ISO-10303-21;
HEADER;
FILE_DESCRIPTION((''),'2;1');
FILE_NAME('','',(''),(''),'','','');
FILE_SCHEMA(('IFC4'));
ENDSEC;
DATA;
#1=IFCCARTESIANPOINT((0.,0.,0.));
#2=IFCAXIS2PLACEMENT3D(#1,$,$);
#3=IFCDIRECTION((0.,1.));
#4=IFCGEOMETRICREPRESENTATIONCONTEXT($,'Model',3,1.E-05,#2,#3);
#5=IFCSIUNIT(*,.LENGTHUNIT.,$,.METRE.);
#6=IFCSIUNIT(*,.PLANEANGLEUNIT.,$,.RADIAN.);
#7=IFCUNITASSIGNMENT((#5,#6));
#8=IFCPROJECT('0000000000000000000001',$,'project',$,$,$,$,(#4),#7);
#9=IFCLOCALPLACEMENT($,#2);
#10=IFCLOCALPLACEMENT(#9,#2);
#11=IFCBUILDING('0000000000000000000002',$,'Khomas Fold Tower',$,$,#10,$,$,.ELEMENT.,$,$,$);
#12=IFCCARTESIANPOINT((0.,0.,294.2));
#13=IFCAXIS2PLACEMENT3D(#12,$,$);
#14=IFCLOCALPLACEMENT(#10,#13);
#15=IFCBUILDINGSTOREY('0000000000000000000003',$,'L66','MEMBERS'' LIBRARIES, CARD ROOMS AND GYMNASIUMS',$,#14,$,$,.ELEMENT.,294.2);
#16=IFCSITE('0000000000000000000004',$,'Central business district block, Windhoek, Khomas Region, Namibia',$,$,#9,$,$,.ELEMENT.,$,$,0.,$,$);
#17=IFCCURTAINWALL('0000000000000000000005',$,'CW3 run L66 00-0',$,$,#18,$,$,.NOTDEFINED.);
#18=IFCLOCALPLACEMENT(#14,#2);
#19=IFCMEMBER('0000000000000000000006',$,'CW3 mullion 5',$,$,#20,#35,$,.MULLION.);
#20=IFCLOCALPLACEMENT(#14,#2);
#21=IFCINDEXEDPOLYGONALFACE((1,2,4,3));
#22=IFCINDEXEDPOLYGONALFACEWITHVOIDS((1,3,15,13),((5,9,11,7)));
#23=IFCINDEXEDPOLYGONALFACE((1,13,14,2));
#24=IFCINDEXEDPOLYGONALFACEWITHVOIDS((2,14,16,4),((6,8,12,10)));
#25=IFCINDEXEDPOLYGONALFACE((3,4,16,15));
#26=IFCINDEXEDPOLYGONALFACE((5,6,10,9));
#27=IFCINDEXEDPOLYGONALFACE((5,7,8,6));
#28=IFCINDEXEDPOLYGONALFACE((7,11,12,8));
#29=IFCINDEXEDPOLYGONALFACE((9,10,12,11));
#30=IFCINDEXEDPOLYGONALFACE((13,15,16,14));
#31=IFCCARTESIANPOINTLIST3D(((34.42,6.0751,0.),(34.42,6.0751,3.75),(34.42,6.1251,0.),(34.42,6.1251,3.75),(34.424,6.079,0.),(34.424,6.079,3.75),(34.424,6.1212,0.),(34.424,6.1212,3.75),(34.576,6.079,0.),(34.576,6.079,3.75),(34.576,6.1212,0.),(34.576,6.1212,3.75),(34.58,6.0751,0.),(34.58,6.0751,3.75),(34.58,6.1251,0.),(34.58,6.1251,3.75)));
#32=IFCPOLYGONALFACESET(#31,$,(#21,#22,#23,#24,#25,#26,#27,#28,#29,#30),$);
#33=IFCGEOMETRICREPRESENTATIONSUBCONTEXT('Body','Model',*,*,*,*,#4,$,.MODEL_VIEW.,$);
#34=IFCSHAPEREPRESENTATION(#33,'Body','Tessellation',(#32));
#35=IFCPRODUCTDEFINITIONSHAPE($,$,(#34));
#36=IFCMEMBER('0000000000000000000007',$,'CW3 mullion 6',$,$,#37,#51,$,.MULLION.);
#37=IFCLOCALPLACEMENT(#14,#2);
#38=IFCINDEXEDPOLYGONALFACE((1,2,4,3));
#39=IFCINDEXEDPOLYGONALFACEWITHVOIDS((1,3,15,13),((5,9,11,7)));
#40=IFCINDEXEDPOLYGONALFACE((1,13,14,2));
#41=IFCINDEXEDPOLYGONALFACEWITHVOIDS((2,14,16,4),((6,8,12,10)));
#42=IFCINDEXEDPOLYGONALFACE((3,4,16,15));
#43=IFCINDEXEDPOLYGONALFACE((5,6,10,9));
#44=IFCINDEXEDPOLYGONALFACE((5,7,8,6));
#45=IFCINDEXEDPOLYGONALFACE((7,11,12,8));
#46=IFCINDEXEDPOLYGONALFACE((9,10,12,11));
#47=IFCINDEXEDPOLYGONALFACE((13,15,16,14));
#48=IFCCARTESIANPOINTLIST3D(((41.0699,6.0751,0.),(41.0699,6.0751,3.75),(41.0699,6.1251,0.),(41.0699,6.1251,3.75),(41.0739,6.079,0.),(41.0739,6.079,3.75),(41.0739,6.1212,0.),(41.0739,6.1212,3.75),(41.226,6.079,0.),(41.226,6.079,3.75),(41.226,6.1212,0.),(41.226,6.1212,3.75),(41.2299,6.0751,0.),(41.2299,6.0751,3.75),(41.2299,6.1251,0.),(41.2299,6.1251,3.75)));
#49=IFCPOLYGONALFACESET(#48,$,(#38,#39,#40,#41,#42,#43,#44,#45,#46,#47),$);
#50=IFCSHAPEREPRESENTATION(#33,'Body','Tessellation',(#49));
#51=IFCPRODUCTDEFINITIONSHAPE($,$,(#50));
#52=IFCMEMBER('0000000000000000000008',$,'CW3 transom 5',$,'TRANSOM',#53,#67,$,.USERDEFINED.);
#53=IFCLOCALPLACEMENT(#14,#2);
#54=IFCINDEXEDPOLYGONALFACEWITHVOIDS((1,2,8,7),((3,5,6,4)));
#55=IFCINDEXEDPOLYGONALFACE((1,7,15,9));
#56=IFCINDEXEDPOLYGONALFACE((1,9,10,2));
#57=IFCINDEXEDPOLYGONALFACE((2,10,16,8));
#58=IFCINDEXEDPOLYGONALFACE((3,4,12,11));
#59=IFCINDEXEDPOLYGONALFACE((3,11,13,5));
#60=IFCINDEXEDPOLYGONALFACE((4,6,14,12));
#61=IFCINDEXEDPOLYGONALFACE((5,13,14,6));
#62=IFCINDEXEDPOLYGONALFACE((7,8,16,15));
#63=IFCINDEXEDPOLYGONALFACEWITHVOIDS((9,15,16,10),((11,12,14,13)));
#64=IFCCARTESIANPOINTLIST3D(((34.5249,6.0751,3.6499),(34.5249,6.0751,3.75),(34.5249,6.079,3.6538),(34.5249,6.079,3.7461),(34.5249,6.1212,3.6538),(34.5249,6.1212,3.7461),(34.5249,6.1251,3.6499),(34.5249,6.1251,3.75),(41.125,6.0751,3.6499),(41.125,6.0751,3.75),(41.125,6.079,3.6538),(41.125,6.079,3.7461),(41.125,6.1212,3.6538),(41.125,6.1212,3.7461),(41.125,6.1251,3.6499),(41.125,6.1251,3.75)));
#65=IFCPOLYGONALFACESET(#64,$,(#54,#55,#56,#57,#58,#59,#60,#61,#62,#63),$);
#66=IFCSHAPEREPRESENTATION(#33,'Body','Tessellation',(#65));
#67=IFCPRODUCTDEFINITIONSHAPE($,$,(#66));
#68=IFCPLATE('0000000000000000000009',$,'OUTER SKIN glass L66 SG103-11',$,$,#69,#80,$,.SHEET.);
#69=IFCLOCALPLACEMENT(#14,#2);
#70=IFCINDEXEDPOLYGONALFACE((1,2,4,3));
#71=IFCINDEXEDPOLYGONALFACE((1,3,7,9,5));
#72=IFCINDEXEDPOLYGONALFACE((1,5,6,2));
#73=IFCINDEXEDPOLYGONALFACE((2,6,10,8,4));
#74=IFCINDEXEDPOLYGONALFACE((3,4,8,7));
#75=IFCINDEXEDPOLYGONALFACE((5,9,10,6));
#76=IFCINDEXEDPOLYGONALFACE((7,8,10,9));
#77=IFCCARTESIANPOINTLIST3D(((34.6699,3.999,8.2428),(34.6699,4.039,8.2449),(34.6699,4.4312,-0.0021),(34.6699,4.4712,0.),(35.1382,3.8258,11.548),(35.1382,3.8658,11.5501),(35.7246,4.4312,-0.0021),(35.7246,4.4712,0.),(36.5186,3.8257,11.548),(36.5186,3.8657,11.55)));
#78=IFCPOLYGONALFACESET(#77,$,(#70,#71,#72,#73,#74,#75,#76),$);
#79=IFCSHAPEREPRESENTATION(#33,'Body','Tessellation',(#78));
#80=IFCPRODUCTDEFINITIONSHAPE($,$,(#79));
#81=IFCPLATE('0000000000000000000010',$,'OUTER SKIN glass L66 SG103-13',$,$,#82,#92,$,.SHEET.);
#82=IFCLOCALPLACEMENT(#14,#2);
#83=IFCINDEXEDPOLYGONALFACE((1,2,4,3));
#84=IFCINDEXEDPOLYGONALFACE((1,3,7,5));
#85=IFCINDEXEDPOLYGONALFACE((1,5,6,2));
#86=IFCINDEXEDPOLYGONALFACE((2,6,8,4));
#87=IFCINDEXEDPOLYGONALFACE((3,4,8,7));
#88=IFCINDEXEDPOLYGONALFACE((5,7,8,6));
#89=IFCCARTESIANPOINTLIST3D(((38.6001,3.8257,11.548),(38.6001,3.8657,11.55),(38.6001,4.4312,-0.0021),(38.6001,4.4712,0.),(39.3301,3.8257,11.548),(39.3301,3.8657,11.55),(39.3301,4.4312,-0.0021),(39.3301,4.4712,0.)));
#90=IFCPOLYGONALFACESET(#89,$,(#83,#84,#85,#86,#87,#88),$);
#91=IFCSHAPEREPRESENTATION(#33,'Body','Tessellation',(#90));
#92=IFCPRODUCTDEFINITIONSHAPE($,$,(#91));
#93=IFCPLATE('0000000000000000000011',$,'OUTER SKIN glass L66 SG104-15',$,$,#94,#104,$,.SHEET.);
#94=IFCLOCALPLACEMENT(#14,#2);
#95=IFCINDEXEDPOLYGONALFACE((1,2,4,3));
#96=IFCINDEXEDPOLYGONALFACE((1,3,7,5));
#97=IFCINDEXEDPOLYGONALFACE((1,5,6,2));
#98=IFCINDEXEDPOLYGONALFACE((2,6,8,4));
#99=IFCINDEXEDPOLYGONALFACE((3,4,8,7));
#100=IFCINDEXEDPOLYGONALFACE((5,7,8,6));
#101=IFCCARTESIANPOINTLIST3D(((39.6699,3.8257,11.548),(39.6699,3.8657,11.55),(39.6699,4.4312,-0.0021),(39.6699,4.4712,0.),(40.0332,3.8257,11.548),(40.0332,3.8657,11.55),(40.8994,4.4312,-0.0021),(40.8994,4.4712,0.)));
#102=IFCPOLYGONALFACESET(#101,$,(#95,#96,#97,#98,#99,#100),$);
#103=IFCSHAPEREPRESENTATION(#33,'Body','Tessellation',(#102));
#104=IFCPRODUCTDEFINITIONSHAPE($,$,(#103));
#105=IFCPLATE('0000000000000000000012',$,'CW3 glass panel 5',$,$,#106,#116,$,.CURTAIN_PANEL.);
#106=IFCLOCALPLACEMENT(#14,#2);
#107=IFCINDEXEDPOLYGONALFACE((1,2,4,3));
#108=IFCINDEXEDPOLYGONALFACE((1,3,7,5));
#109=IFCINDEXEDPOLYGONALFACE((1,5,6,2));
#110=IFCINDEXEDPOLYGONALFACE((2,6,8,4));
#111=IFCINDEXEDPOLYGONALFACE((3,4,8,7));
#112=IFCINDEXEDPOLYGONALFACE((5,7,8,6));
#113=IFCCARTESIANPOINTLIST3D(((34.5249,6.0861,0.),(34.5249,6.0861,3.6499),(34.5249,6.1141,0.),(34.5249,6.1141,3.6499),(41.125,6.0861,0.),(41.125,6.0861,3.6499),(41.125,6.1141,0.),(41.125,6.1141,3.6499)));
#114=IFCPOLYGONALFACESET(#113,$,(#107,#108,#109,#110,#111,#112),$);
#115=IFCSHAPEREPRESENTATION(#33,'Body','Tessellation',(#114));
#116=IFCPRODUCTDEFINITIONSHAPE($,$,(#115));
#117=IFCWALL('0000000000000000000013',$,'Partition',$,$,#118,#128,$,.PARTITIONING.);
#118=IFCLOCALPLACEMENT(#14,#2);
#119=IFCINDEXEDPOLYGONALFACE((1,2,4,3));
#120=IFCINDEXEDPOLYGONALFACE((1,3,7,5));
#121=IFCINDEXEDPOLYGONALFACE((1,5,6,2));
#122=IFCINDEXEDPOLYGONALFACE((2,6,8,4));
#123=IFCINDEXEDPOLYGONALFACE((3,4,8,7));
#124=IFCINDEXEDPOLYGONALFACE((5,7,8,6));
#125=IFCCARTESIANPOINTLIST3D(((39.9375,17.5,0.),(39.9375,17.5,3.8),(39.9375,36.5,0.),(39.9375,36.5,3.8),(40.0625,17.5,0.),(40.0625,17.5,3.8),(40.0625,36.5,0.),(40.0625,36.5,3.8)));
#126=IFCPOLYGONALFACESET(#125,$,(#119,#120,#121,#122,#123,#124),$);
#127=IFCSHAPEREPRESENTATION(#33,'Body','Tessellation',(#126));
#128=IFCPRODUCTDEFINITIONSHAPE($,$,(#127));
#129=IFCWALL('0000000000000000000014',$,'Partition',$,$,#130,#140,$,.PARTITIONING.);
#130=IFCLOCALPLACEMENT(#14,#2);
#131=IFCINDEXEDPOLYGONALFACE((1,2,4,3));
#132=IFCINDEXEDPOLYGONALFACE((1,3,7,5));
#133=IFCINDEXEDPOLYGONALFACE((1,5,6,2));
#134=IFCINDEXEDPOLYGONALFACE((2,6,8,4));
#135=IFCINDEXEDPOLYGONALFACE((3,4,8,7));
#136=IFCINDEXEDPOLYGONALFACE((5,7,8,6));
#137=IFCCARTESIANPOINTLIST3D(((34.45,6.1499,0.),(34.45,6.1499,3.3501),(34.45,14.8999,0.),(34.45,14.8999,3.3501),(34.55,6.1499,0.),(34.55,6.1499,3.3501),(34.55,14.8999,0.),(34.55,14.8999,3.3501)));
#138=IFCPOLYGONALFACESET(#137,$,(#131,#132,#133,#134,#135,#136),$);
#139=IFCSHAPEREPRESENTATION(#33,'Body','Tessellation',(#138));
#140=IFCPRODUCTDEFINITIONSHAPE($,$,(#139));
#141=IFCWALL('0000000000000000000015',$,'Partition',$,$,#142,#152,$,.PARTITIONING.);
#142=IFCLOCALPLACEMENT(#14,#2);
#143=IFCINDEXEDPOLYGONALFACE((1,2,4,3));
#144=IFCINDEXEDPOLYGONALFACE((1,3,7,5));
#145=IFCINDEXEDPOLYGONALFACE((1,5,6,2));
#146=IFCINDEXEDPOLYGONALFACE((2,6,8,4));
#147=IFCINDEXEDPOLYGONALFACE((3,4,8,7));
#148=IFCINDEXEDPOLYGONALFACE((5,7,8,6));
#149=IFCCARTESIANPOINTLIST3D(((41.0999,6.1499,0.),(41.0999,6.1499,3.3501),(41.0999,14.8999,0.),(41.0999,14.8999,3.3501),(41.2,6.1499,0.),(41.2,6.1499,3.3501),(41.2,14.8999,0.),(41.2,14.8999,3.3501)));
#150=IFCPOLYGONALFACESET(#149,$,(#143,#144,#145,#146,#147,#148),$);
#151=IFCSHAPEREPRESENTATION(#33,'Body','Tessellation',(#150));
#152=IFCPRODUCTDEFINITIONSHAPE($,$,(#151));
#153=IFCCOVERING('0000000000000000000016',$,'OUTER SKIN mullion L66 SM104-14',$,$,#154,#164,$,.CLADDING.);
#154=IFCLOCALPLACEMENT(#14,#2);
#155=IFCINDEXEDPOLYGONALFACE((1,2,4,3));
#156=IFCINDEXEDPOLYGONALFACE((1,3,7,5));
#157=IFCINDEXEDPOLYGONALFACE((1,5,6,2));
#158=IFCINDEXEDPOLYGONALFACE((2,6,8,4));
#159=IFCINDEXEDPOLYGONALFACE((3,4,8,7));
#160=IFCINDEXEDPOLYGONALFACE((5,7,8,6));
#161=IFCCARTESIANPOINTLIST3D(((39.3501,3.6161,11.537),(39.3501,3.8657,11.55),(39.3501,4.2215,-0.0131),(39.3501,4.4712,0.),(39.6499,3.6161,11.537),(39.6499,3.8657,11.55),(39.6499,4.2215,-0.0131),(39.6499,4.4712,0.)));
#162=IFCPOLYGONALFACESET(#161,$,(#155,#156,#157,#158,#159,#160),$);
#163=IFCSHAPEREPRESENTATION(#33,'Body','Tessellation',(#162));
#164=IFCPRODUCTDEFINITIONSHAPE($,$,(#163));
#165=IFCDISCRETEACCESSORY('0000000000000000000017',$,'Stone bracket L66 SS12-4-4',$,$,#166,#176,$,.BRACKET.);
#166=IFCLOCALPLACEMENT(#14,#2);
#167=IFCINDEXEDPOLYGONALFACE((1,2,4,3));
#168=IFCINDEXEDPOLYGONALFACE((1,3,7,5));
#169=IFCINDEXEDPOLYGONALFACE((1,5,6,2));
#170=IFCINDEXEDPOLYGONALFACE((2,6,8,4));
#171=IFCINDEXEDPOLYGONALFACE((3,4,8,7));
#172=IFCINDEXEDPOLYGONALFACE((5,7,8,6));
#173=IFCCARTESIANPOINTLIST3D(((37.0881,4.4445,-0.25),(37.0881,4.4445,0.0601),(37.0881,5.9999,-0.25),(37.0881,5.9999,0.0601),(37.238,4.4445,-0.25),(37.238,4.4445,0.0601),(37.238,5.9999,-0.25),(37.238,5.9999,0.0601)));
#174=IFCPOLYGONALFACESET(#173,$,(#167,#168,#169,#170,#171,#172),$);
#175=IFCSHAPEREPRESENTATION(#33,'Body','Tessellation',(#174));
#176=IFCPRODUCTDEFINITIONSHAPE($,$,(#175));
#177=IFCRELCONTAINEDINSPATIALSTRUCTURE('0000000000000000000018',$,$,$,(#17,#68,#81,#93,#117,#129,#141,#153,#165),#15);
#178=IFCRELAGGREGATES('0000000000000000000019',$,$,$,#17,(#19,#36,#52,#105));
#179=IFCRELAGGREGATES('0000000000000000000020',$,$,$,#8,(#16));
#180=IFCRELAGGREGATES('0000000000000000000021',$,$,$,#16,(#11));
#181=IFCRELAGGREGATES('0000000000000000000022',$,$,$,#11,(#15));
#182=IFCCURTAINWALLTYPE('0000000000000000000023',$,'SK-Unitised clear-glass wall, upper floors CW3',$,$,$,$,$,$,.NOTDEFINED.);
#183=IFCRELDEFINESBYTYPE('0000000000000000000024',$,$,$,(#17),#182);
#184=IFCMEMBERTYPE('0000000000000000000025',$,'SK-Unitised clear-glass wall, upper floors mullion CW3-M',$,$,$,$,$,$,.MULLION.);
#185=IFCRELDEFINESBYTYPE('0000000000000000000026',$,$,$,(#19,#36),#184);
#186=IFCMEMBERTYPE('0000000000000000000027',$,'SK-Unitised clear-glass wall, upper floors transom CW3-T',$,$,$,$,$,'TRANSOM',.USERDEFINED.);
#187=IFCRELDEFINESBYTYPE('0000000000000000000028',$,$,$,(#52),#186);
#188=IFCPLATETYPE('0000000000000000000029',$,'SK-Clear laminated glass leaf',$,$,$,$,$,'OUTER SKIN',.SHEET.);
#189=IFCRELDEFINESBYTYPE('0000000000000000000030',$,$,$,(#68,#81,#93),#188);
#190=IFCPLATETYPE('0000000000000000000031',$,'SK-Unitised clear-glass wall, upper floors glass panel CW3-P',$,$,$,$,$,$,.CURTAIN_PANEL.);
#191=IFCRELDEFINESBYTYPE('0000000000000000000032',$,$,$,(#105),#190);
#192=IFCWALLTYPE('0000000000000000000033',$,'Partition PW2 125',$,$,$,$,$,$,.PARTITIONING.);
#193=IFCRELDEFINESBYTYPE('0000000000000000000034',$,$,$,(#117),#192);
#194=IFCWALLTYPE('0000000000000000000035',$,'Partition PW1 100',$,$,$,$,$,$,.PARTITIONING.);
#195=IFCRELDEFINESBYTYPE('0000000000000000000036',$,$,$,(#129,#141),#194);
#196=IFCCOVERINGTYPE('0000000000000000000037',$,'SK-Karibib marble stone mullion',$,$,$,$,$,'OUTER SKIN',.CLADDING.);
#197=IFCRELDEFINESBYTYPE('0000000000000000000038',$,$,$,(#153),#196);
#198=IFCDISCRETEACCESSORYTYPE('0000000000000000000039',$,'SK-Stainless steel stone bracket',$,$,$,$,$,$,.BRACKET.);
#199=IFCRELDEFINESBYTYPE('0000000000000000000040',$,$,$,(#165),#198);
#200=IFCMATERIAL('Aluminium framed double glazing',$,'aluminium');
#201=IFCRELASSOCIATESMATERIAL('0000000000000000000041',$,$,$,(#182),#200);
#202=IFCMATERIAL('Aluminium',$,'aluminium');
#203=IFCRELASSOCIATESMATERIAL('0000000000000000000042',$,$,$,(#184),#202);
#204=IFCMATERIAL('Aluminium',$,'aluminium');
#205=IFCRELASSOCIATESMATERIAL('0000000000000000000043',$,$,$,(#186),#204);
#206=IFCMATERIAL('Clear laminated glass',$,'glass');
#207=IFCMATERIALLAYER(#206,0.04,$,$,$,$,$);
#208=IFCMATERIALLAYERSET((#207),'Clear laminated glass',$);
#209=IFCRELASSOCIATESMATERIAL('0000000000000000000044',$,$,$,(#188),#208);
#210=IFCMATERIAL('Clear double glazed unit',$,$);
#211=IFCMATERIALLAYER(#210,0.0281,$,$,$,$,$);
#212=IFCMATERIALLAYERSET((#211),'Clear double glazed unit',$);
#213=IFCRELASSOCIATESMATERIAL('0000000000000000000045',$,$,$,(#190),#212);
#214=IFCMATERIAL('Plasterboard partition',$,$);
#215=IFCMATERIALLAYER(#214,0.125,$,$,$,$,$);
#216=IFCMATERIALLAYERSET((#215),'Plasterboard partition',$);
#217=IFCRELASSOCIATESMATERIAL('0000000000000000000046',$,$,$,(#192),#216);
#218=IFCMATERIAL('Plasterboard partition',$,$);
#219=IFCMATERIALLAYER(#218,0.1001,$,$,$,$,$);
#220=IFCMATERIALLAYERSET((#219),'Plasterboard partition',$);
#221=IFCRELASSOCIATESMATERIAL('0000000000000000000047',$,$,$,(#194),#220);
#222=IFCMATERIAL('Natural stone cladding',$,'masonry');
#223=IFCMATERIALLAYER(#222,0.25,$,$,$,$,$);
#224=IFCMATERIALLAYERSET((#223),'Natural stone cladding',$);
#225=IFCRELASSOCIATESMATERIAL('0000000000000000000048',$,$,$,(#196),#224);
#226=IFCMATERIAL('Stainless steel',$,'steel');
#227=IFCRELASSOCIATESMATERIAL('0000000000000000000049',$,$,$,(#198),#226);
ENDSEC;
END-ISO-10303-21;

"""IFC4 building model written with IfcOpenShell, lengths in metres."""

from ifc_helpers import new_model, si_unit, direction, frame, frame_2d, origin, origin_2d, place, context, subcontext, project, spatial, polyline, rectangle, hollow_rectangle, outline, extrude, source, transform, mapped, material, layer, layer_set, material_profile, profile_set, type_object, element, aggregate, save


model = new_model("IFC4")

# Units and contexts
model_context = context("Model", 3, precision=1e-05, world=origin(), true_north=direction((0.0, 1.0)))
body_context = subcontext(model_context, "Body", "Model", "MODEL_VIEW")
ifc_project = project(units=[si_unit("LENGTHUNIT", "METRE"), si_unit("PLANEANGLEUNIT", "RADIAN")], contexts=[model_context])

# Site, building, storey
site_placement = place(None, origin())
site = spatial("IfcSite", under=ifc_project, at=site_placement, Name="Central business district block, Windhoek, Khomas Region, Namibia", CompositionType="ELEMENT", RefElevation=0.0)
building_placement = place(site_placement, origin())
building = spatial("IfcBuilding", under=site, at=building_placement, Name="Khomas Fold Tower", CompositionType="ELEMENT")
storey_placement = place(building_placement, frame((0.0, 0.0, 294.2)))
storey = spatial("IfcBuildingStorey", under=building, at=storey_placement, Name="L66", Description="MEMBERS' LIBRARIES, CARD ROOMS AND GYMNASIUMS", CompositionType="ELEMENT", Elevation=294.2)

# Curtain wall, members
ifc_material_1 = material(Name="Aluminium framed double glazing", Category="aluminium")
curtain_wall_type = type_object("IfcCurtainWallType", Name="SK-Unitised clear-glass wall, upper floors CW3", PredefinedType="NOTDEFINED", material=ifc_material_1)
curtain_wall_placement = place(storey_placement, origin())
curtain_wall = element("IfcCurtainWall", 1, at=curtain_wall_placement, inside=storey, type_object=curtain_wall_type, Name="CW3 run L66 00-0", PredefinedType="NOTDEFINED")
ifc_material_2 = material(Name="Aluminium", Category="aluminium")
ifc_material_profile_1 = material_profile(ifc_material_2, hollow_rectangle(XDim=0.05, YDim=0.1599, WallThickness=0.0039, at=origin_2d()), Name="SK-Unitised clear-glass wall, upper floors mullion CW3-M")
ifc_profile_set_1 = profile_set([ifc_material_profile_1], Name="Aluminium")
member_type_1 = type_object("IfcMemberType", Name="SK-Unitised clear-glass wall, upper floors mullion CW3-M", PredefinedType="MULLION", material=ifc_profile_set_1)
shared_shape_1 = source(origin(), body_context, "Body", "SweptSolid", [
    extrude(hollow_rectangle(XDim=0.05, YDim=0.1599, WallThickness=0.0039, at=origin_2d()), origin(), (0.0, 0.0, 1.0), 3.75),
])
member_1_placement = place(storey_placement, frame((34.5, 6.1001, 0.0), z_axis=(0.0, 0.0, 1.0), x_axis=(0.0, 1.0, 0.0)))
member_1 = element("IfcMember", 2, at=member_1_placement, type_object=member_type_1, Name="CW3 mullion 5", PredefinedType="MULLION", context=body_context, shape_type="MappedRepresentation", body=[
    mapped(shared_shape_1, transform((0.0, 0.0, 0.0))),
])
member_2_placement = place(storey_placement, frame((41.1499, 6.1001, 0.0), z_axis=(0.0, 0.0, 1.0), x_axis=(0.0, 1.0, 0.0)))
member_2 = element("IfcMember", 3, at=member_2_placement, type_object=member_type_1, Name="CW3 mullion 6", PredefinedType="MULLION", context=body_context, shape_type="MappedRepresentation", body=[
    mapped(shared_shape_1, transform((0.0, 0.0, 0.0))),
])
ifc_material_3 = material(Name="Aluminium", Category="aluminium")
ifc_material_profile_2 = material_profile(ifc_material_3, hollow_rectangle(XDim=0.05, YDim=0.1001, WallThickness=0.0039, at=origin_2d()), Name="SK-Unitised clear-glass wall, upper floors transom CW3-T")
ifc_profile_set_2 = profile_set([ifc_material_profile_2], Name="Aluminium")
member_type_2 = type_object("IfcMemberType", Name="SK-Unitised clear-glass wall, upper floors transom CW3-T", ElementType="TRANSOM", PredefinedType="USERDEFINED", material=ifc_profile_set_2)
shared_shape_2 = source(origin(), body_context, "Body", "SweptSolid", [
    extrude(hollow_rectangle(XDim=0.05, YDim=0.1001, WallThickness=0.0039, at=origin_2d()), origin(), (0.0, 0.0, 1.0), 6.6001),
])
member_3_placement = place(storey_placement, frame((34.5249, 6.1001, 3.7), z_axis=(1.0, 0.0, 0.0), x_axis=(0.0, 1.0, 0.0)))
member_3 = element("IfcMember", 4, at=member_3_placement, type_object=member_type_2, Name="CW3 transom 5", ObjectType="TRANSOM", PredefinedType="USERDEFINED", context=body_context, shape_type="MappedRepresentation", body=[
    mapped(shared_shape_2, transform((0.0, 0.0, 0.0))),
])

# Plates
ifc_material_4 = material(Name="Clear laminated glass", Category="glass")
ifc_layer_1 = layer(ifc_material_4, 0.04)
ifc_layer_set_1 = layer_set([ifc_layer_1], Name="Clear laminated glass")
plate_type_1 = type_object("IfcPlateType", Name="SK-Clear laminated glass leaf", ElementType="OUTER SKIN", PredefinedType="SHEET", material=ifc_layer_set_1)
plate_1_placement = place(storey_placement, frame((35.7246, 4.4712, 0.0), z_axis=(0.000028, 0.998629, 0.052348), x_axis=(-1.0, 0.000028, 0.000001)))
element("IfcPlate", 5, at=plate_1_placement, inside=storey, type_object=plate_type_1, Name="OUTER SKIN glass L66 SG103-11", PredefinedType="SHEET", context=body_context, shape_type="SweptSolid", body=[
    extrude(outline(polyline([(0.0, 0.0), (1.0547, 0.0), (1.0547, 8.2562), (0.5864, 11.5659), (-0.7939, 11.5659), (0.0, 0.0)])), origin(), (0.0, 0.0, -1.0), 0.04),
])
plate_2_placement = place(storey_placement, frame((38.6001, 4.4712, 0.0), z_axis=(0.0, 0.998629, 0.052349), x_axis=(0.0, -0.052349, 0.998629)))
element("IfcPlate", 6, at=plate_2_placement, inside=storey, type_object=plate_type_1, Name="OUTER SKIN glass L66 SG103-13", PredefinedType="SHEET", context=body_context, shape_type="SweptSolid", body=[
    extrude(outline(polyline([(0.0, 0.0), (11.5659, 0.0), (11.5659, 0.73), (0.0, 0.73), (0.0, 0.0)])), origin(), (0.0, 0.0, -1.0), 0.04),
])
plate_3_placement = place(storey_placement, frame((40.8994, 4.4712, 0.0), z_axis=(0.0, 0.998629, 0.052349), x_axis=(-1.0, 0.0, 0.0)))
element("IfcPlate", 7, at=plate_3_placement, inside=storey, type_object=plate_type_1, Name="OUTER SKIN glass L66 SG104-15", PredefinedType="SHEET", context=body_context, shape_type="SweptSolid", body=[
    extrude(outline(polyline([(0.0, 0.0), (1.2295, 0.0), (1.2295, 11.5659), (0.8662, 11.5659), (0.0, 0.0)])), origin(), (0.0, 0.0, -1.0), 0.04),
])

# Plate
ifc_material_5 = material(Name="Clear double glazed unit")
ifc_layer_2 = layer(ifc_material_5, 0.0281)
ifc_layer_set_2 = layer_set([ifc_layer_2], Name="Clear double glazed unit")
plate_type_2 = type_object("IfcPlateType", Name="SK-Unitised clear-glass wall, upper floors glass panel CW3-P", PredefinedType="CURTAIN_PANEL", material=ifc_layer_set_2)
shared_shape_3 = source(origin(), body_context, "Body", "SweptSolid", [
    extrude(rectangle(XDim=6.6001, YDim=0.0281, at=origin_2d()), origin(), (0.0, 0.0, 1.0), 3.6499),
])
plate_4_placement = place(storey_placement, frame((37.825, 6.1001, 0.0), z_axis=(0.0, 0.0, 1.0), x_axis=(1.0, 0.0, 0.0)))
plate_4 = element("IfcPlate", 8, at=plate_4_placement, type_object=plate_type_2, Name="CW3 glass panel 5", PredefinedType="CURTAIN_PANEL", context=body_context, shape_type="MappedRepresentation", body=[
    mapped(shared_shape_3, transform((0.0, 0.0, 0.0))),
])
aggregate(curtain_wall, [member_1, member_2, member_3, plate_4])

# Walls
ifc_material_6 = material(Name="Plasterboard partition")
ifc_layer_3 = layer(ifc_material_6, 0.125)
ifc_layer_set_3 = layer_set([ifc_layer_3], Name="Plasterboard partition")
wall_type_1 = type_object("IfcWallType", Name="Partition PW2 125", PredefinedType="PARTITIONING", material=ifc_layer_set_3)
shared_shape_4 = source(origin(), body_context, "Body", "SweptSolid", [
    extrude(rectangle(XDim=19.0, YDim=0.125, at=frame_2d((9.5, 0.0))), origin(), (0.0, 0.0, 1.0), 3.8),
])
wall_placement = place(storey_placement, frame((40.0, 17.5, 0.0), z_axis=(0.0, 0.0, 1.0), x_axis=(0.0, 1.0, 0.0)))
element("IfcWall", 9, at=wall_placement, inside=storey, type_object=wall_type_1, Name="Partition", PredefinedType="PARTITIONING", context=body_context, shape_type="MappedRepresentation", body=[
    mapped(shared_shape_4, transform((0.0, 0.0, 0.0))),
])
ifc_material_7 = material(Name="Plasterboard partition")
ifc_layer_4 = layer(ifc_material_7, 0.1001)
ifc_layer_set_4 = layer_set([ifc_layer_4], Name="Plasterboard partition")
wall_type_2 = type_object("IfcWallType", Name="Partition PW1 100", PredefinedType="PARTITIONING", material=ifc_layer_set_4)
shared_shape_5 = source(origin(), body_context, "Body", "SweptSolid", [
    extrude(rectangle(XDim=8.75, YDim=0.1001, at=frame_2d((4.375, 0.0))), origin(), (0.0, 0.0, 1.0), 3.3501),
])
for number, where, z_axis, x_axis, name in (
    (10, (34.5, 6.1499, 0.0), (0.0, 0.0, 1.0), (0.0, 1.0, 0.0), "Partition"),
    (11, (41.1499, 6.1499, 0.0), (0.0, 0.0, 1.0), (0.0, 1.0, 0.0), "Partition"),
):
    element("IfcWall", number, at=place(storey_placement, frame(where, z_axis=z_axis, x_axis=x_axis)), inside=storey, type_object=wall_type_2, Name=name, PredefinedType="PARTITIONING", context=body_context, shape_type="MappedRepresentation", body=[
        mapped(shared_shape_5, transform((0.0, 0.0, 0.0))),
    ])

# Covering
ifc_material_8 = material(Name="Natural stone cladding", Category="masonry")
ifc_layer_5 = layer(ifc_material_8, 0.25)
ifc_layer_set_5 = layer_set([ifc_layer_5], Name="Natural stone cladding")
covering_type = type_object("IfcCoveringType", Name="SK-Karibib marble stone mullion", ElementType="OUTER SKIN", PredefinedType="CLADDING", material=ifc_layer_set_5)
covering_placement = place(storey_placement, frame((39.3501, 4.4712, 0.0), z_axis=(0.0, 0.998629, 0.052349), x_axis=(0.0, -0.052349, 0.998629)))
element("IfcCovering", 12, at=covering_placement, inside=storey, type_object=covering_type, Name="OUTER SKIN mullion L66 SM104-14", PredefinedType="CLADDING", context=body_context, shape_type="SweptSolid", body=[
    extrude(outline(polyline([(0.0, 0.0), (11.5659, 0.0), (11.5659, 0.2998), (0.0, 0.2998), (0.0, 0.0)])), origin(), (0.0, 0.0, -1.0), 0.25),
])

# Discrete accessory
ifc_material_9 = material(Name="Stainless steel", Category="steel")
discrete_accessory_type = type_object("IfcDiscreteAccessoryType", Name="SK-Stainless steel stone bracket", PredefinedType="BRACKET", material=ifc_material_9)
shared_shape_6 = source(origin(), body_context, "Body", "SweptSolid", [
    extrude(rectangle(XDim=1.5554, YDim=0.1499, at=origin_2d()), origin(), (0.0, 0.0, 1.0), 0.3101),
])
for number, where, z_axis, x_axis, name in (
    (13, (37.1631, 5.2222, -0.25), (0.0, 0.0, 1.0), (0.0, -1.0, 0.0), "Stone bracket L66 SS12-4-4"),
):
    element("IfcDiscreteAccessory", number, at=place(storey_placement, frame(where, z_axis=z_axis, x_axis=x_axis)), inside=storey, type_object=discrete_accessory_type, Name=name, PredefinedType="BRACKET", context=body_context, shape_type="MappedRepresentation", body=[
        mapped(shared_shape_6, transform((0.0, 0.0, 0.0))),
    ])

save(model, "model.ifc")
